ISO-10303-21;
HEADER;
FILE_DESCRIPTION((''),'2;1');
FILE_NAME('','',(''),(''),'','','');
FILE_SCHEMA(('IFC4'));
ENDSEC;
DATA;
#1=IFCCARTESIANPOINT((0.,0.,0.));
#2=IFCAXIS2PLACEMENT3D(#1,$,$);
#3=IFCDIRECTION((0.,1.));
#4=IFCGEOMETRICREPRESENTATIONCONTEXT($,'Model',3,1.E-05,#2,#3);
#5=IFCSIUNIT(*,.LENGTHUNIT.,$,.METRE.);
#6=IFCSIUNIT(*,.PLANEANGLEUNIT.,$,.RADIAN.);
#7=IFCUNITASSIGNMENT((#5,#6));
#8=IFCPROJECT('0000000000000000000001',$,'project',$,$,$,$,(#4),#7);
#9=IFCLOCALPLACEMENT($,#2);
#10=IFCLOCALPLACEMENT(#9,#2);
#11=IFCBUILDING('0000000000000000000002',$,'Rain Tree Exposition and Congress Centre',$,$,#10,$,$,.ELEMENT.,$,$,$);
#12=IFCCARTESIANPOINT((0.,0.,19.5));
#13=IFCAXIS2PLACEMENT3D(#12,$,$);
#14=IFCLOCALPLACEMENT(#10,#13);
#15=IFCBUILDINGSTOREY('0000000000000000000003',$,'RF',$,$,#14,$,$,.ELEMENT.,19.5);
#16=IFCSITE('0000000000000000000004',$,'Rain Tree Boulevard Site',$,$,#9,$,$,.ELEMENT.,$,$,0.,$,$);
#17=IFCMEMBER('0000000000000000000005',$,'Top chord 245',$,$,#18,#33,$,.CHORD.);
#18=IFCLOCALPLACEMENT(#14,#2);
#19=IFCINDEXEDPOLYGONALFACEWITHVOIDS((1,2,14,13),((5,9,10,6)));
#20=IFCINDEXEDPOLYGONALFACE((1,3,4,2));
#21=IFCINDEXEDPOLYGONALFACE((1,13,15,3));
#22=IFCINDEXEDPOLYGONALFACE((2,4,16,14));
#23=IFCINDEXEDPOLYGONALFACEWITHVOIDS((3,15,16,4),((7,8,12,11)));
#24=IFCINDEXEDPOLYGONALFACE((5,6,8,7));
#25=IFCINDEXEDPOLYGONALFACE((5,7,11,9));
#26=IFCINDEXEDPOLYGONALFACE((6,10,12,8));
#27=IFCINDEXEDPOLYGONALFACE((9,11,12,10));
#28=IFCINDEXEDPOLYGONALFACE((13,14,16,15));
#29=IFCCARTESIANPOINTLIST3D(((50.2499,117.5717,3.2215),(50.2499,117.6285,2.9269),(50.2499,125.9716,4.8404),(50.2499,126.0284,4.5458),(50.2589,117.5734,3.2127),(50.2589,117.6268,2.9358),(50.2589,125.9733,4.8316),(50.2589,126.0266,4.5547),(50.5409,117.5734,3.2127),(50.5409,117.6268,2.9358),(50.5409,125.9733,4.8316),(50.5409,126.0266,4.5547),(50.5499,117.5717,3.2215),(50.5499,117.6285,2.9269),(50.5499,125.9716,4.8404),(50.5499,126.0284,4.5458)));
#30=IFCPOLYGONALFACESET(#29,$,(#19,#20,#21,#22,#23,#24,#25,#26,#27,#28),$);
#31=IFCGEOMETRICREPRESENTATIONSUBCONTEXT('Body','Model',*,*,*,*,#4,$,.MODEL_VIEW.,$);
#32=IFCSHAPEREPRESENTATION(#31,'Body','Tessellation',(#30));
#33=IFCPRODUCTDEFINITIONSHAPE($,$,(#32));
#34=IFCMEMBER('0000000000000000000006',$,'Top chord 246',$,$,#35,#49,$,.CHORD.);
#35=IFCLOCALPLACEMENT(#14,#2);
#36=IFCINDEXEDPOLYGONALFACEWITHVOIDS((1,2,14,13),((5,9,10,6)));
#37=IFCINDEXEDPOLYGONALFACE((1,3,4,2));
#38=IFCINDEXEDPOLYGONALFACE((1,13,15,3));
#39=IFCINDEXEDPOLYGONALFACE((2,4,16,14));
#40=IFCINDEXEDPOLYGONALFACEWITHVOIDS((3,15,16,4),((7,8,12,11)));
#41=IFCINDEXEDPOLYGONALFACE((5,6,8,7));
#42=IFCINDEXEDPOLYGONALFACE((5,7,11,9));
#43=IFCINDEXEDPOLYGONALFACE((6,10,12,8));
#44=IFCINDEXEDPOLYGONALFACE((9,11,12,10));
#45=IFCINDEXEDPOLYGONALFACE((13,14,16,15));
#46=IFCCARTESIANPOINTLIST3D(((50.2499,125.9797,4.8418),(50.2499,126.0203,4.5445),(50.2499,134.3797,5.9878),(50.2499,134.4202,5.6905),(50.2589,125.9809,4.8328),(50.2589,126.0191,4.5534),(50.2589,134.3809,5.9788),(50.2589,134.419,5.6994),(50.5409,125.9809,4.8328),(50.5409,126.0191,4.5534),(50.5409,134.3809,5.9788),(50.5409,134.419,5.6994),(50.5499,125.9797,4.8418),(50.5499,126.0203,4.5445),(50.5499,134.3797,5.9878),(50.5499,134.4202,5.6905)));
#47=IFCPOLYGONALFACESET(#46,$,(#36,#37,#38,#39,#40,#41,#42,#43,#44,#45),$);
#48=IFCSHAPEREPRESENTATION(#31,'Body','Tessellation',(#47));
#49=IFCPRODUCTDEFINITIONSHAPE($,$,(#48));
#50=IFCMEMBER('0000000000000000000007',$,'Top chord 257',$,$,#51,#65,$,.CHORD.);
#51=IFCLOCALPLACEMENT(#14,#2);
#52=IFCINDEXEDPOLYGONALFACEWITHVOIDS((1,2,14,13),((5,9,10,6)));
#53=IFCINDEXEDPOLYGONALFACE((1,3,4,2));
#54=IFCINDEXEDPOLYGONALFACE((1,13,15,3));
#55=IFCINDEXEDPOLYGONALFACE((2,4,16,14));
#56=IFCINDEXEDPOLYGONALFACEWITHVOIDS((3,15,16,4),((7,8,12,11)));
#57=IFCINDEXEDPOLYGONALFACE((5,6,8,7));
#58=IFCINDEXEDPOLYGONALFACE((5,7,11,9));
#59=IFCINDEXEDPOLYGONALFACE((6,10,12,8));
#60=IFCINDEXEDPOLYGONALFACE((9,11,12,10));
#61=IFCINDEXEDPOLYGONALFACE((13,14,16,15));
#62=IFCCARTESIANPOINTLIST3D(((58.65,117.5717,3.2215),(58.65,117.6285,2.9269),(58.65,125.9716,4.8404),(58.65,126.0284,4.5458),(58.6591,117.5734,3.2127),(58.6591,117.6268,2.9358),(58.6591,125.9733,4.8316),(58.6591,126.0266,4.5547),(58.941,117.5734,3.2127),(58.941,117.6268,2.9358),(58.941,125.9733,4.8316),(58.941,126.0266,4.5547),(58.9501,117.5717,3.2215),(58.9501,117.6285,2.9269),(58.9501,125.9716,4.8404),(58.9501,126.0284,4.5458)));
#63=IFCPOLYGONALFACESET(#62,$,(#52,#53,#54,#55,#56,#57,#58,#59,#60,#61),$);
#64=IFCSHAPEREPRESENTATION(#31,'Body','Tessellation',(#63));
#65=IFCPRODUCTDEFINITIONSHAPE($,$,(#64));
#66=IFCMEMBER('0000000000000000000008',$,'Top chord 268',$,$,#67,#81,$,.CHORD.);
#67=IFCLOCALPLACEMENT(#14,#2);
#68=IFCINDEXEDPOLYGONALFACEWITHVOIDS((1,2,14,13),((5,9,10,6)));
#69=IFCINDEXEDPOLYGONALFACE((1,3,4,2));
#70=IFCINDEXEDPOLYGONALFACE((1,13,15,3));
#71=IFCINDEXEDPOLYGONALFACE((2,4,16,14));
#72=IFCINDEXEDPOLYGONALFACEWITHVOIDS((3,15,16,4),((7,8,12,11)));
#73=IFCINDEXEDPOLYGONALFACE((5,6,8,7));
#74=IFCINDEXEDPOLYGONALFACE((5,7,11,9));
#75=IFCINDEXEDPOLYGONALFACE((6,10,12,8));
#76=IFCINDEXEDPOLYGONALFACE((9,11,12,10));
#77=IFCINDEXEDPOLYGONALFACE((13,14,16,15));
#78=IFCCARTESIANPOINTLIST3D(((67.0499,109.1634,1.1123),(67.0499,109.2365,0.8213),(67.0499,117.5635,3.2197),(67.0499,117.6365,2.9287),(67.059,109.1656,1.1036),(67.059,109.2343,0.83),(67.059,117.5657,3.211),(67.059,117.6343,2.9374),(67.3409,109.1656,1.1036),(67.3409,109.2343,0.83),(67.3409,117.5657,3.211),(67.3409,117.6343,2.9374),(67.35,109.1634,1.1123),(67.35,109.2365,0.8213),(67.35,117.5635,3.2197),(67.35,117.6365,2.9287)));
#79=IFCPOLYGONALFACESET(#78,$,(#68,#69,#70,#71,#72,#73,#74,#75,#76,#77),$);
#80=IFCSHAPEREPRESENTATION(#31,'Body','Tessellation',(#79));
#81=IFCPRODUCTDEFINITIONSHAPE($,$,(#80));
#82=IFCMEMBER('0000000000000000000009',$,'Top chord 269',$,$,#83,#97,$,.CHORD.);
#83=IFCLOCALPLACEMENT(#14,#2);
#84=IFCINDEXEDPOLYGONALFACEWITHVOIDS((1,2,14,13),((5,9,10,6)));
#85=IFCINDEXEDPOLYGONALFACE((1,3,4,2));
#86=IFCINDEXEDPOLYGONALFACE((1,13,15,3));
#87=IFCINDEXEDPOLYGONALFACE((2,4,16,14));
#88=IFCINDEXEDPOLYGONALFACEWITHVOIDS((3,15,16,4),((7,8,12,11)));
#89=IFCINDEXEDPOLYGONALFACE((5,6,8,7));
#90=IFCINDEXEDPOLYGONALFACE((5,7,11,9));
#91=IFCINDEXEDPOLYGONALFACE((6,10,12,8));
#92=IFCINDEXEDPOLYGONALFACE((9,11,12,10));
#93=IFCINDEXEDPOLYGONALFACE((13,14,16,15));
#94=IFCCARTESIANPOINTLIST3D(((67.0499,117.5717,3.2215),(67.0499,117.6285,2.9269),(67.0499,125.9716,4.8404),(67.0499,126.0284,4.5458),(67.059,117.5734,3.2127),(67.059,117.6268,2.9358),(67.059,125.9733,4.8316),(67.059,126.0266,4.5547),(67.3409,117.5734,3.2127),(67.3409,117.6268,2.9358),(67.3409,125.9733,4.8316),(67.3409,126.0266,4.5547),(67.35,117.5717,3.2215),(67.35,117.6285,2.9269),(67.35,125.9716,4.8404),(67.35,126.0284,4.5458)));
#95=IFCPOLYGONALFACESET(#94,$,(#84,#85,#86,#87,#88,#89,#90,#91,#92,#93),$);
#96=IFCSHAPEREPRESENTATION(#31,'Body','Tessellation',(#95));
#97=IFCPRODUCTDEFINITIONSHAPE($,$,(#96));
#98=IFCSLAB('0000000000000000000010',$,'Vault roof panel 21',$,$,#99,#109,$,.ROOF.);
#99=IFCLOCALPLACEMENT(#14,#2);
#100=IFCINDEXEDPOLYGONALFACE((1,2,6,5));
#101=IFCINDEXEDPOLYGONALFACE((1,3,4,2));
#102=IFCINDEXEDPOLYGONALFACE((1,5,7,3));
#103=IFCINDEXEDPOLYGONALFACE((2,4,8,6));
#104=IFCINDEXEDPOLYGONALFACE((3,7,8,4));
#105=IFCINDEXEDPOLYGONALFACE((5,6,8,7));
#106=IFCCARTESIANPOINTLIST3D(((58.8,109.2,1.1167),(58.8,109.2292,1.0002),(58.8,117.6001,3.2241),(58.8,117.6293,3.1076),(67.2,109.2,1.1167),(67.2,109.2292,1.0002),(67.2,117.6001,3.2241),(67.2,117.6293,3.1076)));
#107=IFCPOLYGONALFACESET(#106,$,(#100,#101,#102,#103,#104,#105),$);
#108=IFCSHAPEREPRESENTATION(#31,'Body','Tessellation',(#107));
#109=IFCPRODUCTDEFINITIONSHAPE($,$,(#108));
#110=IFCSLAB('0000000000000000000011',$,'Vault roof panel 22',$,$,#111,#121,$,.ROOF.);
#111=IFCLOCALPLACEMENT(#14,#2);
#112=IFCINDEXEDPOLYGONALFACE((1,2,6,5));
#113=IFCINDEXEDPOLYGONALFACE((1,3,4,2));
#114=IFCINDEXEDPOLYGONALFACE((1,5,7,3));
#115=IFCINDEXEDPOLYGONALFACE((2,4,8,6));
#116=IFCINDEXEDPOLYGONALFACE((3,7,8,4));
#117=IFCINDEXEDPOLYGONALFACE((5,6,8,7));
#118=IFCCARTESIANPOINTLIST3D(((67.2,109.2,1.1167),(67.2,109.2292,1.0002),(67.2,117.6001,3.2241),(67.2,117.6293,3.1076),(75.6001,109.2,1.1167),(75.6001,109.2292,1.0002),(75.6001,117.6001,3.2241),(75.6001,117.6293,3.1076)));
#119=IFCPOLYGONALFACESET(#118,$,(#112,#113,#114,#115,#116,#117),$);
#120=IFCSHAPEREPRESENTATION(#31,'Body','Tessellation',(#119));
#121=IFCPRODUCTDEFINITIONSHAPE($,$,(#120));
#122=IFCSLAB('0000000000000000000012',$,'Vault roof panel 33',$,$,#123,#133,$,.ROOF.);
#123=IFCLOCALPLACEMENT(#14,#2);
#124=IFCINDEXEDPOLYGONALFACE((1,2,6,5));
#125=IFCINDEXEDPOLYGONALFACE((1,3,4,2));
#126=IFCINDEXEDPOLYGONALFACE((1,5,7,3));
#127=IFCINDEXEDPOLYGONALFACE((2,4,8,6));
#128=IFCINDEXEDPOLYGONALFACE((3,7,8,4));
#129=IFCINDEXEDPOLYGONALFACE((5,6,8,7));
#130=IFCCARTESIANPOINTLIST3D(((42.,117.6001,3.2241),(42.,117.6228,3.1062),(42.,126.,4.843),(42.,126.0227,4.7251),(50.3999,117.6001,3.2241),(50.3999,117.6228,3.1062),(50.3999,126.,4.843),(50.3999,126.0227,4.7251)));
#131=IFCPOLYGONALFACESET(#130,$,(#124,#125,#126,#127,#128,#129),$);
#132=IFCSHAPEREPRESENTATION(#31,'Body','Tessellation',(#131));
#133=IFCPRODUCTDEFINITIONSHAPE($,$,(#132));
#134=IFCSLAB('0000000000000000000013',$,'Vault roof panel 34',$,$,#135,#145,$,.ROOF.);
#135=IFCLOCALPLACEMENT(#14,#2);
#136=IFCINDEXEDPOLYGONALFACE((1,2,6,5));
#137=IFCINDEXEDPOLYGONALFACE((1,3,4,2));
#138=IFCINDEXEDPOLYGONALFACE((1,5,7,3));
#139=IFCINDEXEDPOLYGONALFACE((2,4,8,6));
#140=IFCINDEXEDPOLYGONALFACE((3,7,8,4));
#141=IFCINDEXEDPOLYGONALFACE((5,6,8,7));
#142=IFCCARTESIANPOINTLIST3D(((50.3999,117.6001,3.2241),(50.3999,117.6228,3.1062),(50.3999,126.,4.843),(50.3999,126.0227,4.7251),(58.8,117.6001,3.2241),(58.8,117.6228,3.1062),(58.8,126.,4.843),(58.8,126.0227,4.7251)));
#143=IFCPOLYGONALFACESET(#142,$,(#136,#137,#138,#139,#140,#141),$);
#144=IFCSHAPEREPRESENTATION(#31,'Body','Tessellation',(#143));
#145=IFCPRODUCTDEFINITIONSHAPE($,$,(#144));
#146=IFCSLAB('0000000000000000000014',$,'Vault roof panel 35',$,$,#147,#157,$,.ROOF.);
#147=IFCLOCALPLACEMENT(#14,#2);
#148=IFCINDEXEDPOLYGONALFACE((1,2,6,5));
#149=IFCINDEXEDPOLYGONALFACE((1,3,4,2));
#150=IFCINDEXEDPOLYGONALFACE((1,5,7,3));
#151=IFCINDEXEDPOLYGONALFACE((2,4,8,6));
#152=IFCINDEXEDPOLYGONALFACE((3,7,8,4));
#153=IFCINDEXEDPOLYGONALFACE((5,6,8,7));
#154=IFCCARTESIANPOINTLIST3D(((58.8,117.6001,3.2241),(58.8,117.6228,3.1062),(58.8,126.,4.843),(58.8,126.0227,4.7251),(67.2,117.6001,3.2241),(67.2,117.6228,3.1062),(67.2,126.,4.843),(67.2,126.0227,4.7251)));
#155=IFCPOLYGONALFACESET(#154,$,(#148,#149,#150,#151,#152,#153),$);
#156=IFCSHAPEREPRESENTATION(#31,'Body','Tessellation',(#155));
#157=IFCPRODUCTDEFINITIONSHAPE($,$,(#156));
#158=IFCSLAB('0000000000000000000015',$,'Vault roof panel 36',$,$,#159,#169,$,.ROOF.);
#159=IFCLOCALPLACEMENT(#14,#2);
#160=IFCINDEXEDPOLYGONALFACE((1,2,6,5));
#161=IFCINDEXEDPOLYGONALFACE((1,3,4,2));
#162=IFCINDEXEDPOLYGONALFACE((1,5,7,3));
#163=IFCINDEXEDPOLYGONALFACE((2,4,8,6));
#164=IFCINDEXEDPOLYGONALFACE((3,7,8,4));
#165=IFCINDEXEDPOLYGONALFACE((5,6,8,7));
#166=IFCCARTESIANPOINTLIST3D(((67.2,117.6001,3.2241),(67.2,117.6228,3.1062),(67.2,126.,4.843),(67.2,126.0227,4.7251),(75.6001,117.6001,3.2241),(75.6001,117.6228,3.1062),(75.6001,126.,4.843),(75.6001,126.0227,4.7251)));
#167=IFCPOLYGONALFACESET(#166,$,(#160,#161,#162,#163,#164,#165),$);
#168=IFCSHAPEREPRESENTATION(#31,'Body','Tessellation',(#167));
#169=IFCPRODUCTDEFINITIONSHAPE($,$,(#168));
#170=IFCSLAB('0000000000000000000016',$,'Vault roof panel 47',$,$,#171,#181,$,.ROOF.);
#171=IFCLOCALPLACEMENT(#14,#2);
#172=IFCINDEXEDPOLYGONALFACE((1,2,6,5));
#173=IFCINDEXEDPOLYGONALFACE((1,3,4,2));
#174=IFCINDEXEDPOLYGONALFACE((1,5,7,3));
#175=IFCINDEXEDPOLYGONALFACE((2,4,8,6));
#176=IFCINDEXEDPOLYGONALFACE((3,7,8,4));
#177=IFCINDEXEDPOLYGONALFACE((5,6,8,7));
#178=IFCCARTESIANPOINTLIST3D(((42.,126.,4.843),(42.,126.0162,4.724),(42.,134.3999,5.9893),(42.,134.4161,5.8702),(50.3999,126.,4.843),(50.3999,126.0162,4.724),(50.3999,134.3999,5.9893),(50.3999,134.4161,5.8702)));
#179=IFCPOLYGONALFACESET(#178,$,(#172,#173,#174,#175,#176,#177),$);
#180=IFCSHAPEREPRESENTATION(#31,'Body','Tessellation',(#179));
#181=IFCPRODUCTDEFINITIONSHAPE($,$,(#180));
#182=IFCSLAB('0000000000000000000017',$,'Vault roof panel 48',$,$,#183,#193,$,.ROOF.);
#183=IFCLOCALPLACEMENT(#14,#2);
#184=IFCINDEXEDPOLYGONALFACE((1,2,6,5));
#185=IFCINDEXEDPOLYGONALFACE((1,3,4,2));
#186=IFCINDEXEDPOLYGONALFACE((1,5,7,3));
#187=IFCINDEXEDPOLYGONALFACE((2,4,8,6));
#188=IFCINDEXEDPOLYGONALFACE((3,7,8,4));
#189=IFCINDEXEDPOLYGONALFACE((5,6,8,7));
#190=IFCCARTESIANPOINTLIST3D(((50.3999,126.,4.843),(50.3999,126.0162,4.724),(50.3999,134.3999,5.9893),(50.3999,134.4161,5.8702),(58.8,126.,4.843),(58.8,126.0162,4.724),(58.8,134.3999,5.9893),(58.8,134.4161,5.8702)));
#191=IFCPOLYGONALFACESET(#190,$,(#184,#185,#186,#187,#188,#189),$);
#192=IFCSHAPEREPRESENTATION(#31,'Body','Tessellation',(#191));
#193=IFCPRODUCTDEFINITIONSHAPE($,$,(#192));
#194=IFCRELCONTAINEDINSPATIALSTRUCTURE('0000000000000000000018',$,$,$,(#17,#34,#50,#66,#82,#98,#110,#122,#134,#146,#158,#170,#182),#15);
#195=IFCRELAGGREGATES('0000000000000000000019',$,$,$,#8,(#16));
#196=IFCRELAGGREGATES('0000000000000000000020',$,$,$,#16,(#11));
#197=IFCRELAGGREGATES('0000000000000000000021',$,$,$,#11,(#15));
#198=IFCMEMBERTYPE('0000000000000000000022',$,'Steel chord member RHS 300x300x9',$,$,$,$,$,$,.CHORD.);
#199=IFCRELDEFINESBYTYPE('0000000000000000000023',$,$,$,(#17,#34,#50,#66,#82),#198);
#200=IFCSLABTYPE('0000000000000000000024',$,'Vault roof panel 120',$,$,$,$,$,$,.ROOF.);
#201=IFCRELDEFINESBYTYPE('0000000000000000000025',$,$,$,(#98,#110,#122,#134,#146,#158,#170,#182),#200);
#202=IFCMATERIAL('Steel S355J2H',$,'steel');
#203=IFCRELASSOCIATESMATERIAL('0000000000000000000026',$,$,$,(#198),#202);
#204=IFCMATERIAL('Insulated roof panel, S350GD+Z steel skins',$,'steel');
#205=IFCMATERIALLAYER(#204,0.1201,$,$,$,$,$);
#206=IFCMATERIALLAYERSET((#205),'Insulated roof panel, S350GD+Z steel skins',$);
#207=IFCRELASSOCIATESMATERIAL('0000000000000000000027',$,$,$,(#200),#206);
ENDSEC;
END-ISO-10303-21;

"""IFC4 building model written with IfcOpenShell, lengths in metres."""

from ifc_helpers import new_model, si_unit, direction, frame, origin, origin_2d, place, context, subcontext, project, spatial, polyline, hollow_rectangle, outline, extrude, material, layer, layer_set, material_profile, profile_set, type_object, element, save


model = new_model("IFC4")

# Units and contexts
model_context = context("Model", 3, precision=1e-05, world=origin(), true_north=direction((0.0, 1.0)))
body_context = subcontext(model_context, "Body", "Model", "MODEL_VIEW")
ifc_project = project(units=[si_unit("LENGTHUNIT", "METRE"), si_unit("PLANEANGLEUNIT", "RADIAN")], contexts=[model_context])

# Site, building, storey
site_placement = place(None, origin())
site = spatial("IfcSite", under=ifc_project, at=site_placement, Name="Rain Tree Boulevard Site", CompositionType="ELEMENT", RefElevation=0.0)
building_placement = place(site_placement, origin())
building = spatial("IfcBuilding", under=site, at=building_placement, Name="Rain Tree Exposition and Congress Centre", CompositionType="ELEMENT")
storey_placement = place(building_placement, frame((0.0, 0.0, 19.5)))
storey = spatial("IfcBuildingStorey", under=building, at=storey_placement, Name="RF", CompositionType="ELEMENT", Elevation=19.5)

# Members
ifc_material_1 = material(Name="Steel S355J2H", Category="steel")
ifc_material_profile_1 = material_profile(ifc_material_1, hollow_rectangle(XDim=0.3, YDim=0.3, WallThickness=0.009, at=origin_2d()), Name="RHS 300x300x9")
ifc_profile_set_1 = profile_set([ifc_material_profile_1], Name="Steel S355J2H")
member_type = type_object("IfcMemberType", Name="Steel chord member RHS 300x300x9", PredefinedType="CHORD", material=ifc_profile_set_1)
member_1_placement = place(storey_placement, frame((50.3999, 117.6001, 3.0742), z_axis=(0.0, 0.98193, 0.189245), x_axis=(-1.0, 0.0, 0.0)))
element("IfcMember", 1, at=member_1_placement, inside=storey, type_object=member_type, Name="Top chord 245", PredefinedType="CHORD", context=body_context, shape_type="SweptSolid", body=[
    extrude(hollow_rectangle(XDim=0.3, YDim=0.3, WallThickness=0.009, at=origin_2d()), origin(), (0.0, 0.0, 1.0), 8.5544),
])
member_2_placement = place(storey_placement, frame((50.3999, 126.0, 4.6931), z_axis=(0.0, 0.990821, 0.135177), x_axis=(-1.0, 0.0, 0.0)))
element("IfcMember", 2, at=member_2_placement, inside=storey, type_object=member_type, Name="Top chord 246", PredefinedType="CHORD", context=body_context, shape_type="SweptSolid", body=[
    extrude(hollow_rectangle(XDim=0.3, YDim=0.3, WallThickness=0.009, at=origin_2d()), origin(), (0.0, 0.0, 1.0), 8.4778),
])
member_3_placement = place(storey_placement, frame((58.8, 117.6001, 3.0742), z_axis=(0.0, 0.98193, 0.189245), x_axis=(-1.0, 0.0, 0.0)))
element("IfcMember", 3, at=member_3_placement, inside=storey, type_object=member_type, Name="Top chord 257", PredefinedType="CHORD", context=body_context, shape_type="SweptSolid", body=[
    extrude(hollow_rectangle(XDim=0.3, YDim=0.3, WallThickness=0.009, at=origin_2d()), origin(), (0.0, 0.0, 1.0), 8.5544),
])
member_4_placement = place(storey_placement, frame((67.2, 109.2, 0.9668), z_axis=(0.0, 0.969942, 0.243338), x_axis=(-1.0, 0.0, 0.0)))
element("IfcMember", 4, at=member_4_placement, inside=storey, type_object=member_type, Name="Top chord 268", PredefinedType="CHORD", context=body_context, shape_type="SweptSolid", body=[
    extrude(hollow_rectangle(XDim=0.3, YDim=0.3, WallThickness=0.009, at=origin_2d()), origin(), (0.0, 0.0, 1.0), 8.6604),
])
member_5_placement = place(storey_placement, frame((67.2, 117.6001, 3.0742), z_axis=(0.0, 0.98193, 0.189245), x_axis=(-1.0, 0.0, 0.0)))
element("IfcMember", 5, at=member_5_placement, inside=storey, type_object=member_type, Name="Top chord 269", PredefinedType="CHORD", context=body_context, shape_type="SweptSolid", body=[
    extrude(hollow_rectangle(XDim=0.3, YDim=0.3, WallThickness=0.009, at=origin_2d()), origin(), (0.0, 0.0, 1.0), 8.5544),
])

# Slabs
ifc_material_2 = material(Name="Insulated roof panel, S350GD+Z steel skins", Category="steel")
ifc_layer = layer(ifc_material_2, 0.1201)
ifc_layer_set = layer_set([ifc_layer], Name="Insulated roof panel, S350GD+Z steel skins")
slab_type = type_object("IfcSlabType", Name="Vault roof panel 120", PredefinedType="ROOF", material=ifc_layer_set)
slab_1_placement = place(storey_placement, frame((58.8, 109.2, 1.1167), z_axis=(0.0, -0.243338, 0.969942), x_axis=(1.0, 0.0, 0.0)))
element("IfcSlab", 6, at=slab_1_placement, inside=storey, type_object=slab_type, Name="Vault roof panel 21", PredefinedType="ROOF", context=body_context, shape_type="SweptSolid", body=[
    extrude(outline(polyline([(0.0, 0.0), (8.3999, 0.0), (8.3999, 8.6605), (0.0, 8.6605), (0.0, 0.0)])), origin(), (0.0, 0.0, -1.0), 0.1201),
])
slab_2_placement = place(storey_placement, frame((67.2, 109.2, 1.1167), z_axis=(0.0, -0.243338, 0.969942), x_axis=(1.0, 0.0, 0.0)))
element("IfcSlab", 7, at=slab_2_placement, inside=storey, type_object=slab_type, Name="Vault roof panel 22", PredefinedType="ROOF", context=body_context, shape_type="SweptSolid", body=[
    extrude(outline(polyline([(0.0, 0.0), (8.4001, 0.0), (8.4001, 8.6605), (0.0, 8.6605), (0.0, 0.0)])), origin(), (0.0, 0.0, -1.0), 0.1201),
])
slab_3_placement = place(storey_placement, frame((42.0, 117.6001, 3.2241), z_axis=(0.0, -0.189245, 0.98193), x_axis=(1.0, 0.0, 0.0)))
element("IfcSlab", 8, at=slab_3_placement, inside=storey, type_object=slab_type, Name="Vault roof panel 33", PredefinedType="ROOF", context=body_context, shape_type="SweptSolid", body=[
    extrude(outline(polyline([(0.0, 0.0), (8.3999, 0.0), (8.3999, 8.5545), (0.0, 8.5545), (0.0, 0.0)])), origin(), (0.0, 0.0, -1.0), 0.1201),
])
slab_4_placement = place(storey_placement, frame((50.3999, 117.6001, 3.2241), z_axis=(0.0, -0.189245, 0.98193), x_axis=(1.0, 0.0, 0.0)))
element("IfcSlab", 9, at=slab_4_placement, inside=storey, type_object=slab_type, Name="Vault roof panel 34", PredefinedType="ROOF", context=body_context, shape_type="SweptSolid", body=[
    extrude(outline(polyline([(0.0, 0.0), (8.4001, 0.0), (8.4001, 8.5545), (0.0, 8.5545), (0.0, 0.0)])), origin(), (0.0, 0.0, -1.0), 0.1201),
])
slab_5_placement = place(storey_placement, frame((58.8, 117.6001, 3.2241), z_axis=(0.0, -0.189245, 0.98193), x_axis=(1.0, 0.0, 0.0)))
element("IfcSlab", 10, at=slab_5_placement, inside=storey, type_object=slab_type, Name="Vault roof panel 35", PredefinedType="ROOF", context=body_context, shape_type="SweptSolid", body=[
    extrude(outline(polyline([(0.0, 0.0), (8.3999, 0.0), (8.3999, 8.5545), (0.0, 8.5545), (0.0, 0.0)])), origin(), (0.0, 0.0, -1.0), 0.1201),
])
slab_6_placement = place(storey_placement, frame((67.2, 117.6001, 3.2241), z_axis=(0.0, -0.189245, 0.98193), x_axis=(1.0, 0.0, 0.0)))
element("IfcSlab", 11, at=slab_6_placement, inside=storey, type_object=slab_type, Name="Vault roof panel 36", PredefinedType="ROOF", context=body_context, shape_type="SweptSolid", body=[
    extrude(outline(polyline([(0.0, 0.0), (8.4001, 0.0), (8.4001, 8.5545), (0.0, 8.5545), (0.0, 0.0)])), origin(), (0.0, 0.0, -1.0), 0.1201),
])
slab_7_placement = place(storey_placement, frame((42.0, 126.0, 4.843), z_axis=(0.0, -0.135206, 0.990818), x_axis=(1.0, 0.0, 0.0)))
element("IfcSlab", 12, at=slab_7_placement, inside=storey, type_object=slab_type, Name="Vault roof panel 47", PredefinedType="ROOF", context=body_context, shape_type="SweptSolid", body=[
    extrude(outline(polyline([(0.0, 0.0), (8.3999, 0.0), (8.3999, 8.4777), (0.0, 8.4777), (0.0, 0.0)])), origin(), (0.0, 0.0, -1.0), 0.1201),
])
slab_8_placement = place(storey_placement, frame((50.3999, 126.0, 4.843), z_axis=(0.0, -0.135206, 0.990818), x_axis=(1.0, 0.0, 0.0)))
element("IfcSlab", 13, at=slab_8_placement, inside=storey, type_object=slab_type, Name="Vault roof panel 48", PredefinedType="ROOF", context=body_context, shape_type="SweptSolid", body=[
    extrude(outline(polyline([(0.0, 0.0), (8.4001, 0.0), (8.4001, 8.4777), (0.0, 8.4777), (0.0, 0.0)])), origin(), (0.0, 0.0, -1.0), 0.1201),
])

save(model, "model.ifc")
